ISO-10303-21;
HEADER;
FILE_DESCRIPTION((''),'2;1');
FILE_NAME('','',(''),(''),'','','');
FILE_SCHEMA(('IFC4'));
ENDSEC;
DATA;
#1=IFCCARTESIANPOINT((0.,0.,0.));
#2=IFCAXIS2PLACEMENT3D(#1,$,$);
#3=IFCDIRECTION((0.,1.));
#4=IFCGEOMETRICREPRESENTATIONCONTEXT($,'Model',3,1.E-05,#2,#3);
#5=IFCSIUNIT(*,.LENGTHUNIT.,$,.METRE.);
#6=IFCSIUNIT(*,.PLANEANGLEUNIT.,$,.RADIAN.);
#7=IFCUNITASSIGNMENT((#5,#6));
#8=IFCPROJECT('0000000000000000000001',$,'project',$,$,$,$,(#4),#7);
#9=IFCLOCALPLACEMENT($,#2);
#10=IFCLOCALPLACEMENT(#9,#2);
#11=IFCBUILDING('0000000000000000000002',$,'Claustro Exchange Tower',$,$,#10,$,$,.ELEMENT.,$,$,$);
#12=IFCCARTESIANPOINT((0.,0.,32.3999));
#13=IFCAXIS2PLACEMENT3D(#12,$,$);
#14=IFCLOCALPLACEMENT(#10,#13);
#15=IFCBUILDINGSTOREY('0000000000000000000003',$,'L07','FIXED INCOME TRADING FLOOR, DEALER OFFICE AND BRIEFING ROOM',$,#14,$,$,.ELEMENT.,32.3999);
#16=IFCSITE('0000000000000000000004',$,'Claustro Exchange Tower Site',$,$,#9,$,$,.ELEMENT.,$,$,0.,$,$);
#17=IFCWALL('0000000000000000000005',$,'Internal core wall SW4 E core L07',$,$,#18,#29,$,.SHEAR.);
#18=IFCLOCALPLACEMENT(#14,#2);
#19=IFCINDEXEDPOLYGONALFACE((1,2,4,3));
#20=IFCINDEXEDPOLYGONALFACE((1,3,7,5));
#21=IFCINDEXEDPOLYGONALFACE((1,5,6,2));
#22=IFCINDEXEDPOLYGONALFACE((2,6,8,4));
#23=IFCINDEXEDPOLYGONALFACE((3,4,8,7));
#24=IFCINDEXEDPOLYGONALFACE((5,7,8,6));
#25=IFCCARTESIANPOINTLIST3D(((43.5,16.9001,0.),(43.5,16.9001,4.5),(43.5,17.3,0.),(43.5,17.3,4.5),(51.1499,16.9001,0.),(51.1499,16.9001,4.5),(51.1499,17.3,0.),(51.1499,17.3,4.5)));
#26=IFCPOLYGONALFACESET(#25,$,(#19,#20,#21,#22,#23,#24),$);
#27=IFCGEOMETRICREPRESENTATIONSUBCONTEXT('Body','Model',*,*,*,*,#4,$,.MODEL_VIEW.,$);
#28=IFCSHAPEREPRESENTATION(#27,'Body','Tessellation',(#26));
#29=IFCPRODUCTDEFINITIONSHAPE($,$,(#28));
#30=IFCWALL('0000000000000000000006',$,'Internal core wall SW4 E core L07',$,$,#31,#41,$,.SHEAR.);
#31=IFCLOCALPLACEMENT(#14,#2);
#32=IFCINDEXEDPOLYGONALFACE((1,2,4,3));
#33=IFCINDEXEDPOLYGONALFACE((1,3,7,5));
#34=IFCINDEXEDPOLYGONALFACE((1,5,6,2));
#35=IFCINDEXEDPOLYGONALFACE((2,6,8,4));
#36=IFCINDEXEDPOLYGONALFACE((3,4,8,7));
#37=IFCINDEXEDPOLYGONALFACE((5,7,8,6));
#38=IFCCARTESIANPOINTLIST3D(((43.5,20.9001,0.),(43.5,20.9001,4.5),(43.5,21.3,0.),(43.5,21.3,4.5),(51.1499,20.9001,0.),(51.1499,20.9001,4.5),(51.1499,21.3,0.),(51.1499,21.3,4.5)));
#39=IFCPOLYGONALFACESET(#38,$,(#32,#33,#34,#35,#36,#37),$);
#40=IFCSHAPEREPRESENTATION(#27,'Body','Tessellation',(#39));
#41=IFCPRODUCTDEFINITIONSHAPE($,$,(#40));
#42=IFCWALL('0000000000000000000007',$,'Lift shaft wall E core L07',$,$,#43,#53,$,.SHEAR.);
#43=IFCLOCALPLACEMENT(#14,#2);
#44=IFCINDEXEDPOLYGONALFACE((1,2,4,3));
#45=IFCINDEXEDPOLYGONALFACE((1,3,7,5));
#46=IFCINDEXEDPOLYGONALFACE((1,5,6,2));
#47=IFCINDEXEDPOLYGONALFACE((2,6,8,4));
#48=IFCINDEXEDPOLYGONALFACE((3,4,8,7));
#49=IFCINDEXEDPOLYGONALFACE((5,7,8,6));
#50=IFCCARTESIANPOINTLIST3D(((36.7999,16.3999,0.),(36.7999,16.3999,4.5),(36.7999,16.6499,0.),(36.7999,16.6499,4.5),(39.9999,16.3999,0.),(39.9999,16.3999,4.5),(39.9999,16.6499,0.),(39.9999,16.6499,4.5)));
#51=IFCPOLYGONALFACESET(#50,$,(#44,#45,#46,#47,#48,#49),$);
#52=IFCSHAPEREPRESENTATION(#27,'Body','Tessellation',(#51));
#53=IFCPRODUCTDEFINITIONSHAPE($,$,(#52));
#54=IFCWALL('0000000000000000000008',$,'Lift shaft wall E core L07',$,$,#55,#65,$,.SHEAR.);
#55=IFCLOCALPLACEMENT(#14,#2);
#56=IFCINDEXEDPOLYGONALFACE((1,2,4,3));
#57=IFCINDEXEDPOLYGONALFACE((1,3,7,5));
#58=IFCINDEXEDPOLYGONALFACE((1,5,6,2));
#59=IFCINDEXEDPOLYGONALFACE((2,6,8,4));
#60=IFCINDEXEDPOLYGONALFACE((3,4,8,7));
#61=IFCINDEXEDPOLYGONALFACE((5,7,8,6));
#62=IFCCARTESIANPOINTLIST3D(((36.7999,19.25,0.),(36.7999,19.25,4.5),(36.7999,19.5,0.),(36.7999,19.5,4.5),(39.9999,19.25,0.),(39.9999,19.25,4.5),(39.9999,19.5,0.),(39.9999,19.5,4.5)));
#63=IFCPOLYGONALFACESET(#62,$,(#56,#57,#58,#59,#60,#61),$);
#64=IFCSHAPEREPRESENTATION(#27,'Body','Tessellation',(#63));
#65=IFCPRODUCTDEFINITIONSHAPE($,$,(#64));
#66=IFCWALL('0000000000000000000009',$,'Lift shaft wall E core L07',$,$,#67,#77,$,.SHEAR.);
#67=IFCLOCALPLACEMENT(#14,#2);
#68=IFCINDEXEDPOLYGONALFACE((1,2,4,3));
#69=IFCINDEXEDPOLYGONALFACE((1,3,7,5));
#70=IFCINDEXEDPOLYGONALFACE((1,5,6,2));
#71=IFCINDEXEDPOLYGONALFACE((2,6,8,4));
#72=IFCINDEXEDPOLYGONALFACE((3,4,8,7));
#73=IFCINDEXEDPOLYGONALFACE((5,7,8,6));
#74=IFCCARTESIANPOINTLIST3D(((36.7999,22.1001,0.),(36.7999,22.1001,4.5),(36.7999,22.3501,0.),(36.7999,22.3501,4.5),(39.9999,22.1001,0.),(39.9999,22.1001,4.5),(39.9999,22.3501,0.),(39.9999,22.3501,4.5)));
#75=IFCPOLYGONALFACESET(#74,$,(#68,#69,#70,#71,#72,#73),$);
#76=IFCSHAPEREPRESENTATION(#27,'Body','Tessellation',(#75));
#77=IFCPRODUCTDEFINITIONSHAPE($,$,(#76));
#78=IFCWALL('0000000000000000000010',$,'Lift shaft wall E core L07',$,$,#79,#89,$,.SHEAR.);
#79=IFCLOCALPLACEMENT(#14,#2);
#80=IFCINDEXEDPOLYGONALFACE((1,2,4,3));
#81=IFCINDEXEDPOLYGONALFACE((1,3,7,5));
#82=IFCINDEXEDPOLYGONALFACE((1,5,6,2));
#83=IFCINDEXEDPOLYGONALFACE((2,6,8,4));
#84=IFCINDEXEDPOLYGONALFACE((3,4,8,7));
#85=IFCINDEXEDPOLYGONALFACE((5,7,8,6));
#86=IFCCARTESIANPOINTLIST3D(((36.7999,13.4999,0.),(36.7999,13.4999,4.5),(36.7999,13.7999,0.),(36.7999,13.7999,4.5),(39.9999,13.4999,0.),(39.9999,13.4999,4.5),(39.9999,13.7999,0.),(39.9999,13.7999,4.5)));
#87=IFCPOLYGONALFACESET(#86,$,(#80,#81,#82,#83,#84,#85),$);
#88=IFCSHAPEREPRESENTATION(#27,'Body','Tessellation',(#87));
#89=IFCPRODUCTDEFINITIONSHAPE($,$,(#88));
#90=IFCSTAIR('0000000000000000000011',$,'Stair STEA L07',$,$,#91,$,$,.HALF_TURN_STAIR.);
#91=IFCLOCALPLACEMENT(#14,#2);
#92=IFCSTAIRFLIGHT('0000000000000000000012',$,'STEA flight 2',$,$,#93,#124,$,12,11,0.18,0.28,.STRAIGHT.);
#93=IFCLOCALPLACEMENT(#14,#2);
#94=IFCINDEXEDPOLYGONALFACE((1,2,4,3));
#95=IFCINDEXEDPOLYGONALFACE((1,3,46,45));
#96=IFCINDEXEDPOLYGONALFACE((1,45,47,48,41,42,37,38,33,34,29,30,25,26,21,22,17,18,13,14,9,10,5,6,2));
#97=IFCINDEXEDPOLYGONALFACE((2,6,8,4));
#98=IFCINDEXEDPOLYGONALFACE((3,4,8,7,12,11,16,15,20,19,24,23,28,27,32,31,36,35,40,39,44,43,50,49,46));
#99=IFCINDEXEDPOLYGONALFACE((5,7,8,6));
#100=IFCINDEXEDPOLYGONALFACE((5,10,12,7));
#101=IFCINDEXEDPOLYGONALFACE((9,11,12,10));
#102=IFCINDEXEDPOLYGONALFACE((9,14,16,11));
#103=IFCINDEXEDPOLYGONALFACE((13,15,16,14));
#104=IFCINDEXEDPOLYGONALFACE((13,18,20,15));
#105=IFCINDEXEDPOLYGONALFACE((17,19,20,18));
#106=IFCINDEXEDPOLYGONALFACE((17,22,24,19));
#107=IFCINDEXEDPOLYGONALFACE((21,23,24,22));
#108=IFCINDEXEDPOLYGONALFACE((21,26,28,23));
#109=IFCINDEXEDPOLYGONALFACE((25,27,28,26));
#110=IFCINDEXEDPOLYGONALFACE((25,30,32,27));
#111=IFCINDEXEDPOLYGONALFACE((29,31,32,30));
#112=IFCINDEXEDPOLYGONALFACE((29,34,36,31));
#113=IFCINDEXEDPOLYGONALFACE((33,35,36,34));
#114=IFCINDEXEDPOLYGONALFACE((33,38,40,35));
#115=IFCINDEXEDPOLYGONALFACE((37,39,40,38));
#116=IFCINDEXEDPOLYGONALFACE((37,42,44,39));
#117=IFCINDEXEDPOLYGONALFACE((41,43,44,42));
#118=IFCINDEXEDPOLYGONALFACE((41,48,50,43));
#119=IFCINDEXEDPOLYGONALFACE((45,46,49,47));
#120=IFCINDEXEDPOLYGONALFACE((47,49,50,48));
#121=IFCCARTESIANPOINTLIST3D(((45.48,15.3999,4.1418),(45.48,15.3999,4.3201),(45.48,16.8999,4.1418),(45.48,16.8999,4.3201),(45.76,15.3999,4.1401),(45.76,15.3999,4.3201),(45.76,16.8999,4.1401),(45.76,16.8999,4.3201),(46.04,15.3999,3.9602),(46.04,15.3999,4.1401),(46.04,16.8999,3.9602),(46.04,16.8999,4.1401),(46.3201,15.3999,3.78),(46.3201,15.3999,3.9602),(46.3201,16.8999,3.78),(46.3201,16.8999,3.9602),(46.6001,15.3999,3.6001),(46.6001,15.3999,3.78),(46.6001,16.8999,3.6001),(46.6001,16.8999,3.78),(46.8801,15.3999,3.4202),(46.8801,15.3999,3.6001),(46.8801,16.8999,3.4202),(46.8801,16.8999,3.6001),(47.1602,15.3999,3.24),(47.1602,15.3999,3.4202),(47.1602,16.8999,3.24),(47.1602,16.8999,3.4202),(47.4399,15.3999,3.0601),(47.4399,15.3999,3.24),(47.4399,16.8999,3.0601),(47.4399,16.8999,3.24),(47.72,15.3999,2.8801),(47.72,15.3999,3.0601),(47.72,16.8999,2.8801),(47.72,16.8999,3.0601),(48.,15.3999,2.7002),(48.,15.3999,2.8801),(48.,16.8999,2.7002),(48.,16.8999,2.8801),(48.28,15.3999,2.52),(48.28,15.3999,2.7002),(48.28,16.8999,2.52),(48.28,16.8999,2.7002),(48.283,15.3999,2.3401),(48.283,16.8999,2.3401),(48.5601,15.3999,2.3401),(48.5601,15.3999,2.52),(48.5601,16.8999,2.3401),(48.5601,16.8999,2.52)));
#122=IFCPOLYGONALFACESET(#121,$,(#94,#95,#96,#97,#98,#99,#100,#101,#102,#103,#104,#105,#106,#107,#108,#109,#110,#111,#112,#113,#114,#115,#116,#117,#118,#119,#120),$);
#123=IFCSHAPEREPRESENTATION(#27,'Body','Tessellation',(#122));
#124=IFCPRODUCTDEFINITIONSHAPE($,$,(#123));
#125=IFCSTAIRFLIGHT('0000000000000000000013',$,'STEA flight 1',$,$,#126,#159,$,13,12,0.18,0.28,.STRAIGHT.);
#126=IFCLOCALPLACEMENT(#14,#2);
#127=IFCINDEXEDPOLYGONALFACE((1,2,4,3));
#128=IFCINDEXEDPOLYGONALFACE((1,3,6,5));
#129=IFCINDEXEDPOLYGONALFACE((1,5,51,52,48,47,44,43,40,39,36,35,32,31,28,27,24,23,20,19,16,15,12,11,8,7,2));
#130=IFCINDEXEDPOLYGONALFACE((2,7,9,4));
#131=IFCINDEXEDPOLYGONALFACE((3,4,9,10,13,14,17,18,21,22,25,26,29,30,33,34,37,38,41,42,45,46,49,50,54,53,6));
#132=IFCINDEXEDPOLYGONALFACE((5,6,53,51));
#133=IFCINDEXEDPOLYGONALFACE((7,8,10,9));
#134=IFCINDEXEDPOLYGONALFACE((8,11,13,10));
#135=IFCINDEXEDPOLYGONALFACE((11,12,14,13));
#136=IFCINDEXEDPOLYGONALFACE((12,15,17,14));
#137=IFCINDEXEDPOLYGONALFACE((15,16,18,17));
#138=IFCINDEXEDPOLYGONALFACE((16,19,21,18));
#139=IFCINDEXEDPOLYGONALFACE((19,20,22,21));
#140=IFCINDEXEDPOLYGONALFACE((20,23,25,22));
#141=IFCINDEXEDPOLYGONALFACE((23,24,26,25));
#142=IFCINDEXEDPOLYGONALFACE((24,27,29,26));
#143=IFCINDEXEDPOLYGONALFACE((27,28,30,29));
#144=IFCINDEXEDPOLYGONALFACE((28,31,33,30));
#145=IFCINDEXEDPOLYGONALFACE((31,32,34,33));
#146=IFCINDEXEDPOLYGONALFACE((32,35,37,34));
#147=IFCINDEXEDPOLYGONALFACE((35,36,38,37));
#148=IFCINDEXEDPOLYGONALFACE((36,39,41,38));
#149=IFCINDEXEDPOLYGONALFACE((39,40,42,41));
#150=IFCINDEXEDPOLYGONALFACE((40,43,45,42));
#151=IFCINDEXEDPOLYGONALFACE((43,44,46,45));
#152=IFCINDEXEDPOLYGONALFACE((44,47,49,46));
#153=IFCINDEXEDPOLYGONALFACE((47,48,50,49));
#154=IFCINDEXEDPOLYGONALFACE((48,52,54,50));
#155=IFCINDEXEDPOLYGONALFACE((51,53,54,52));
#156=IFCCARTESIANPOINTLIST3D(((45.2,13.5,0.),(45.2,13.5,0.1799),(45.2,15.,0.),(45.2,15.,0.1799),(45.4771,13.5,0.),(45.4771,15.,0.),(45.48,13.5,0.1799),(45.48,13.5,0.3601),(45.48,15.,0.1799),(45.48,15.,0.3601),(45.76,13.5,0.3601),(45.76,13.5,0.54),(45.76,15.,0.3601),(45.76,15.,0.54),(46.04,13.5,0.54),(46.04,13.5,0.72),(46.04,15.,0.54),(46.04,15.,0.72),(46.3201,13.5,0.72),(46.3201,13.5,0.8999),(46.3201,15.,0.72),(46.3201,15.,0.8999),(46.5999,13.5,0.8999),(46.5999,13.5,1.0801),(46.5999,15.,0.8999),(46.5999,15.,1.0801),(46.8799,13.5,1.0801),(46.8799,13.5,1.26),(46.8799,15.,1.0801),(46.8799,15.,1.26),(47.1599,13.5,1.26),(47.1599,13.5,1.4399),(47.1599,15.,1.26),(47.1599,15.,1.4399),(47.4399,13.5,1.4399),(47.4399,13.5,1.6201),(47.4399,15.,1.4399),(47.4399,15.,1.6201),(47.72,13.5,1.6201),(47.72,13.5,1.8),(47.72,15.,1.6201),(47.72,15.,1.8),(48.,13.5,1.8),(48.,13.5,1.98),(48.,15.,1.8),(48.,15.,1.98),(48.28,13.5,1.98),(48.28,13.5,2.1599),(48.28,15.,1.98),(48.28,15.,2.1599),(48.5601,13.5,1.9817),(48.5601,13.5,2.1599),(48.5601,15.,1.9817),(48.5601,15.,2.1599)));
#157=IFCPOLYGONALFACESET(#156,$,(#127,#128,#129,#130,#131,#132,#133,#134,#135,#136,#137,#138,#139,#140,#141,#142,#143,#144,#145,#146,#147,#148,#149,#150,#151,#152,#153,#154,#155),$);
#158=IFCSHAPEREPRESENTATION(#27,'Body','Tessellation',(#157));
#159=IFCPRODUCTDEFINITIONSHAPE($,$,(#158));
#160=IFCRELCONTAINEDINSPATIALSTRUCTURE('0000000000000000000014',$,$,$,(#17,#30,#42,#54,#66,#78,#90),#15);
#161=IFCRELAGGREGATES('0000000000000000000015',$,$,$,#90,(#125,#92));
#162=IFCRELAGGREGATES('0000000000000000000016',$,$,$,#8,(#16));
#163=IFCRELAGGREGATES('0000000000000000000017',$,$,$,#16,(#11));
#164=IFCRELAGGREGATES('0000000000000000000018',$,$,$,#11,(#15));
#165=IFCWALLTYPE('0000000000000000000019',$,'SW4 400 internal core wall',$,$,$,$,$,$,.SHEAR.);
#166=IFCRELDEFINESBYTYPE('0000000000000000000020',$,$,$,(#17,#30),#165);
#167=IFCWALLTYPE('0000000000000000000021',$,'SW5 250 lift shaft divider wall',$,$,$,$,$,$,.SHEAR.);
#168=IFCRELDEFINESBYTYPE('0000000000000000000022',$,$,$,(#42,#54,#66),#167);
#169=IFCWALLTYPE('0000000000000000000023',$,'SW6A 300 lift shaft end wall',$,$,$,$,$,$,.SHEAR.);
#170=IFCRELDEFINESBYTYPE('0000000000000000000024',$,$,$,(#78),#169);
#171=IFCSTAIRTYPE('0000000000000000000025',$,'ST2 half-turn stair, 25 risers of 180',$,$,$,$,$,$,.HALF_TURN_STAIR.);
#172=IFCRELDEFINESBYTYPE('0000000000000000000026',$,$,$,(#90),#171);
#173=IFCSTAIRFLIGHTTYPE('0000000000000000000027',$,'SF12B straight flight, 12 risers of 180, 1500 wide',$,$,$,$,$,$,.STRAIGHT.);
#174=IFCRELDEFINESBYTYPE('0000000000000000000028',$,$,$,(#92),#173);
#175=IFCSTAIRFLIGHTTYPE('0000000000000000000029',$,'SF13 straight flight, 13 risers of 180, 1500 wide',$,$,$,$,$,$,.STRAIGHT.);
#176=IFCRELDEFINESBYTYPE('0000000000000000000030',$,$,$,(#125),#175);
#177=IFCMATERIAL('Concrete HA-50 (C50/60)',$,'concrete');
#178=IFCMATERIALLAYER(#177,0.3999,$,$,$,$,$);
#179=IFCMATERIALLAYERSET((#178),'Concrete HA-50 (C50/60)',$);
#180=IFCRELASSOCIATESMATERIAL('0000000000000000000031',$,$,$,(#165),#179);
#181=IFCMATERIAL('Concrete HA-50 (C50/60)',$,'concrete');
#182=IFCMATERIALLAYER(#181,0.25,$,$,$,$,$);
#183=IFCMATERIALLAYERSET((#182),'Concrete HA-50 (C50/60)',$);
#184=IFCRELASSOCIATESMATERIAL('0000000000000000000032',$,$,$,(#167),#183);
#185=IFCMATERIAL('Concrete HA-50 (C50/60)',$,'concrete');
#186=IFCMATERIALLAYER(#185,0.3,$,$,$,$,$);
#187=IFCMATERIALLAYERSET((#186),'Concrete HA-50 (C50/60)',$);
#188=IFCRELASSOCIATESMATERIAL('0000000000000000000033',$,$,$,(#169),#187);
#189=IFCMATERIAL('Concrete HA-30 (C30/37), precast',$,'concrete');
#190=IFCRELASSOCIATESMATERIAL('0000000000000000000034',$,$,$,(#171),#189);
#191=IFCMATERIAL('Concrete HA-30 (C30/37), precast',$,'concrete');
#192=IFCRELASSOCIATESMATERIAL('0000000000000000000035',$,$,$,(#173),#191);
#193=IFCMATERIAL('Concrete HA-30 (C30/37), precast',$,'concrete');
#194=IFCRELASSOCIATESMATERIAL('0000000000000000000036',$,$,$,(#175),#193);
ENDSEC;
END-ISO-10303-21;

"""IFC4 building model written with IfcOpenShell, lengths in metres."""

from ifc_helpers import new_model, si_unit, direction, frame, frame_2d, origin, place, context, subcontext, project, spatial, polyline, rectangle, outline, extrude, material, layer, layer_set, type_object, element, aggregate, save


model = new_model("IFC4")

# Units and contexts
model_context = context("Model", 3, precision=1e-05, world=origin(), true_north=direction((0.0, 1.0)))
body_context = subcontext(model_context, "Body", "Model", "MODEL_VIEW")
ifc_project = project(units=[si_unit("LENGTHUNIT", "METRE"), si_unit("PLANEANGLEUNIT", "RADIAN")], contexts=[model_context])

# Site, building, storey
site_placement = place(None, origin())
site = spatial("IfcSite", under=ifc_project, at=site_placement, Name="Claustro Exchange Tower Site", CompositionType="ELEMENT", RefElevation=0.0)
building_placement = place(site_placement, origin())
building = spatial("IfcBuilding", under=site, at=building_placement, Name="Claustro Exchange Tower", CompositionType="ELEMENT")
storey_placement = place(building_placement, frame((0.0, 0.0, 32.3999)))
storey = spatial("IfcBuildingStorey", under=building, at=storey_placement, Name="L07", Description="FIXED INCOME TRADING FLOOR, DEALER OFFICE AND BRIEFING ROOM", CompositionType="ELEMENT", Elevation=32.3999)

# Shared definitions
ifc_material_1 = material(Name="Concrete HA-50 (C50/60)", Category="concrete")
ifc_layer_1 = layer(ifc_material_1, 0.3999)
ifc_layer_set_1 = layer_set([ifc_layer_1], Name="Concrete HA-50 (C50/60)")
wall_type_1 = type_object("IfcWallType", Name="SW4 400 internal core wall", PredefinedType="SHEAR", material=ifc_layer_set_1)

# Walls
for number, where, z_axis, x_axis, name in (
    (1, (51.1499, 17.1001, 0.0), (0.0, 0.0, 1.0), (-1.0, 0.0, 0.0), "Internal core wall SW4 E core L07"),
    (2, (51.1499, 21.1001, 0.0), (0.0, 0.0, 1.0), (-1.0, 0.0, 0.0), "Internal core wall SW4 E core L07"),
):
    element("IfcWall", number, at=place(storey_placement, frame(where, z_axis=z_axis, x_axis=x_axis)), inside=storey, type_object=wall_type_1, Name=name, PredefinedType="SHEAR", context=body_context, shape_type="SweptSolid", body=[
        extrude(rectangle(XDim=7.6499, YDim=0.3999, at=frame_2d((3.825, 0.0))), origin(), (0.0, 0.0, 1.0), 4.5),
    ])
ifc_material_2 = material(Name="Concrete HA-50 (C50/60)", Category="concrete")
ifc_layer_2 = layer(ifc_material_2, 0.25)
ifc_layer_set_2 = layer_set([ifc_layer_2], Name="Concrete HA-50 (C50/60)")
wall_type_2 = type_object("IfcWallType", Name="SW5 250 lift shaft divider wall", PredefinedType="SHEAR", material=ifc_layer_set_2)
for number, where, z_axis, x_axis, name in (
    (3, (40.0, 16.5249, 0.0), (0.0, 0.0, 1.0), (-1.0, 0.0, 0.0), "Lift shaft wall E core L07"),
    (4, (40.0, 19.375, 0.0), (0.0, 0.0, 1.0), (-1.0, 0.0, 0.0), "Lift shaft wall E core L07"),
    (5, (40.0, 22.2251, 0.0), (0.0, 0.0, 1.0), (-1.0, 0.0, 0.0), "Lift shaft wall E core L07"),
):
    element("IfcWall", number, at=place(storey_placement, frame(where, z_axis=z_axis, x_axis=x_axis)), inside=storey, type_object=wall_type_2, Name=name, PredefinedType="SHEAR", context=body_context, shape_type="SweptSolid", body=[
        extrude(rectangle(XDim=3.2, YDim=0.25, at=frame_2d((1.6001, 0.0))), origin(), (0.0, 0.0, 1.0), 4.5),
    ])
ifc_material_3 = material(Name="Concrete HA-50 (C50/60)", Category="concrete")
ifc_layer_3 = layer(ifc_material_3, 0.3)
ifc_layer_set_3 = layer_set([ifc_layer_3], Name="Concrete HA-50 (C50/60)")
wall_type_3 = type_object("IfcWallType", Name="SW6A 300 lift shaft end wall", PredefinedType="SHEAR", material=ifc_layer_set_3)
wall_1_placement = place(storey_placement, frame((40.0, 13.6499, 0.0), z_axis=(0.0, 0.0, 1.0), x_axis=(-1.0, 0.0, 0.0)))
element("IfcWall", 6, at=wall_1_placement, inside=storey, type_object=wall_type_3, Name="Lift shaft wall E core L07", PredefinedType="SHEAR", context=body_context, shape_type="SweptSolid", body=[
    extrude(rectangle(XDim=3.2, YDim=0.3, at=frame_2d((1.6001, 0.0))), origin(), (0.0, 0.0, 1.0), 4.5),
])

# Stair, stair flights
ifc_material_4 = material(Name="Concrete HA-30 (C30/37), precast", Category="concrete")
stair_type = type_object("IfcStairType", Name="ST2 half-turn stair, 25 risers of 180", PredefinedType="HALF_TURN_STAIR", material=ifc_material_4)
stair_placement = place(storey_placement, origin())
stair = element("IfcStair", 7, at=stair_placement, inside=storey, type_object=stair_type, Name="Stair STEA L07", PredefinedType="HALF_TURN_STAIR")
ifc_material_5 = material(Name="Concrete HA-30 (C30/37), precast", Category="concrete")
stair_flight_type_1 = type_object("IfcStairFlightType", Name="SF12B straight flight, 12 risers of 180, 1500 wide", PredefinedType="STRAIGHT", material=ifc_material_5)
stair_flight_1_placement = place(storey_placement, frame((48.5601, 16.1499, 2.3401), z_axis=(0.0, 0.0, 1.0), x_axis=(-1.0, 0.0, 0.0)))
stair_flight_1 = element("IfcStairFlight", 8, at=stair_flight_1_placement, type_object=stair_flight_type_1, Name="STEA flight 2", NumberOfRisers=12, NumberOfTreads=11, PredefinedType="STRAIGHT", RiserHeight=0.18, TreadLength=0.28, context=body_context, shape_type="SweptSolid", body=[
    extrude(outline(polyline([(0.0, 0.0), (0.0, 0.1799), (0.28, 0.1799), (0.28, 0.3601), (0.5601, 0.3601), (0.5601, 0.54), (0.8401, 0.54), (0.8401, 0.72), (1.1201, 0.72), (1.1201, 0.8999), (1.3999, 0.8999), (1.3999, 1.0801), (1.6799, 1.0801), (1.6799, 1.26), (1.96, 1.26), (1.96, 1.4399), (2.24, 1.4399), (2.24, 1.6201), (2.52, 1.6201), (2.52, 1.8), (2.8, 1.8), (2.8, 1.98), (3.0801, 1.98), (3.0801, 2.1599), (3.0801, 1.8018), (0.2771, 0.0), (0.0, 0.0)])), frame((0.0, 0.75, 0.0), z_axis=(0.0, -1.0, 0.0), x_axis=(1.0, 0.0, 0.0)), (0.0, 0.0, 1.0), 1.5),
])
ifc_material_6 = material(Name="Concrete HA-30 (C30/37), precast", Category="concrete")
stair_flight_type_2 = type_object("IfcStairFlightType", Name="SF13 straight flight, 13 risers of 180, 1500 wide", PredefinedType="STRAIGHT", material=ifc_material_6)
stair_flight_2_placement = place(storey_placement, frame((45.2, 14.25, 0.0), z_axis=(0.0, 0.0, 1.0), x_axis=(1.0, 0.0, 0.0)))
stair_flight_2 = element("IfcStairFlight", 9, at=stair_flight_2_placement, type_object=stair_flight_type_2, Name="STEA flight 1", NumberOfRisers=13, NumberOfTreads=12, PredefinedType="STRAIGHT", RiserHeight=0.18, TreadLength=0.28, context=body_context, shape_type="SweptSolid", body=[
    extrude(outline(polyline([(0.0, 0.0), (0.0, 0.1799), (0.28, 0.1799), (0.28, 0.3601), (0.5601, 0.3601), (0.5601, 0.54), (0.8401, 0.54), (0.8401, 0.72), (1.1201, 0.72), (1.1201, 0.8999), (1.3999, 0.8999), (1.3999, 1.0801), (1.6799, 1.0801), (1.6799, 1.26), (1.96, 1.26), (1.96, 1.4399), (2.24, 1.4399), (2.24, 1.6201), (2.52, 1.6201), (2.52, 1.8), (2.8, 1.8), (2.8, 1.98), (3.0801, 1.98), (3.0801, 2.1599), (3.3601, 2.1599), (3.3601, 2.3401), (3.3601, 1.9817), (0.2771, 0.0), (0.0, 0.0)])), frame((0.0, 0.75, 0.0), z_axis=(0.0, -1.0, 0.0), x_axis=(1.0, 0.0, 0.0)), (0.0, 0.0, 1.0), 1.5),
])
aggregate(stair, [stair_flight_2, stair_flight_1])

save(model, "model.ifc")
